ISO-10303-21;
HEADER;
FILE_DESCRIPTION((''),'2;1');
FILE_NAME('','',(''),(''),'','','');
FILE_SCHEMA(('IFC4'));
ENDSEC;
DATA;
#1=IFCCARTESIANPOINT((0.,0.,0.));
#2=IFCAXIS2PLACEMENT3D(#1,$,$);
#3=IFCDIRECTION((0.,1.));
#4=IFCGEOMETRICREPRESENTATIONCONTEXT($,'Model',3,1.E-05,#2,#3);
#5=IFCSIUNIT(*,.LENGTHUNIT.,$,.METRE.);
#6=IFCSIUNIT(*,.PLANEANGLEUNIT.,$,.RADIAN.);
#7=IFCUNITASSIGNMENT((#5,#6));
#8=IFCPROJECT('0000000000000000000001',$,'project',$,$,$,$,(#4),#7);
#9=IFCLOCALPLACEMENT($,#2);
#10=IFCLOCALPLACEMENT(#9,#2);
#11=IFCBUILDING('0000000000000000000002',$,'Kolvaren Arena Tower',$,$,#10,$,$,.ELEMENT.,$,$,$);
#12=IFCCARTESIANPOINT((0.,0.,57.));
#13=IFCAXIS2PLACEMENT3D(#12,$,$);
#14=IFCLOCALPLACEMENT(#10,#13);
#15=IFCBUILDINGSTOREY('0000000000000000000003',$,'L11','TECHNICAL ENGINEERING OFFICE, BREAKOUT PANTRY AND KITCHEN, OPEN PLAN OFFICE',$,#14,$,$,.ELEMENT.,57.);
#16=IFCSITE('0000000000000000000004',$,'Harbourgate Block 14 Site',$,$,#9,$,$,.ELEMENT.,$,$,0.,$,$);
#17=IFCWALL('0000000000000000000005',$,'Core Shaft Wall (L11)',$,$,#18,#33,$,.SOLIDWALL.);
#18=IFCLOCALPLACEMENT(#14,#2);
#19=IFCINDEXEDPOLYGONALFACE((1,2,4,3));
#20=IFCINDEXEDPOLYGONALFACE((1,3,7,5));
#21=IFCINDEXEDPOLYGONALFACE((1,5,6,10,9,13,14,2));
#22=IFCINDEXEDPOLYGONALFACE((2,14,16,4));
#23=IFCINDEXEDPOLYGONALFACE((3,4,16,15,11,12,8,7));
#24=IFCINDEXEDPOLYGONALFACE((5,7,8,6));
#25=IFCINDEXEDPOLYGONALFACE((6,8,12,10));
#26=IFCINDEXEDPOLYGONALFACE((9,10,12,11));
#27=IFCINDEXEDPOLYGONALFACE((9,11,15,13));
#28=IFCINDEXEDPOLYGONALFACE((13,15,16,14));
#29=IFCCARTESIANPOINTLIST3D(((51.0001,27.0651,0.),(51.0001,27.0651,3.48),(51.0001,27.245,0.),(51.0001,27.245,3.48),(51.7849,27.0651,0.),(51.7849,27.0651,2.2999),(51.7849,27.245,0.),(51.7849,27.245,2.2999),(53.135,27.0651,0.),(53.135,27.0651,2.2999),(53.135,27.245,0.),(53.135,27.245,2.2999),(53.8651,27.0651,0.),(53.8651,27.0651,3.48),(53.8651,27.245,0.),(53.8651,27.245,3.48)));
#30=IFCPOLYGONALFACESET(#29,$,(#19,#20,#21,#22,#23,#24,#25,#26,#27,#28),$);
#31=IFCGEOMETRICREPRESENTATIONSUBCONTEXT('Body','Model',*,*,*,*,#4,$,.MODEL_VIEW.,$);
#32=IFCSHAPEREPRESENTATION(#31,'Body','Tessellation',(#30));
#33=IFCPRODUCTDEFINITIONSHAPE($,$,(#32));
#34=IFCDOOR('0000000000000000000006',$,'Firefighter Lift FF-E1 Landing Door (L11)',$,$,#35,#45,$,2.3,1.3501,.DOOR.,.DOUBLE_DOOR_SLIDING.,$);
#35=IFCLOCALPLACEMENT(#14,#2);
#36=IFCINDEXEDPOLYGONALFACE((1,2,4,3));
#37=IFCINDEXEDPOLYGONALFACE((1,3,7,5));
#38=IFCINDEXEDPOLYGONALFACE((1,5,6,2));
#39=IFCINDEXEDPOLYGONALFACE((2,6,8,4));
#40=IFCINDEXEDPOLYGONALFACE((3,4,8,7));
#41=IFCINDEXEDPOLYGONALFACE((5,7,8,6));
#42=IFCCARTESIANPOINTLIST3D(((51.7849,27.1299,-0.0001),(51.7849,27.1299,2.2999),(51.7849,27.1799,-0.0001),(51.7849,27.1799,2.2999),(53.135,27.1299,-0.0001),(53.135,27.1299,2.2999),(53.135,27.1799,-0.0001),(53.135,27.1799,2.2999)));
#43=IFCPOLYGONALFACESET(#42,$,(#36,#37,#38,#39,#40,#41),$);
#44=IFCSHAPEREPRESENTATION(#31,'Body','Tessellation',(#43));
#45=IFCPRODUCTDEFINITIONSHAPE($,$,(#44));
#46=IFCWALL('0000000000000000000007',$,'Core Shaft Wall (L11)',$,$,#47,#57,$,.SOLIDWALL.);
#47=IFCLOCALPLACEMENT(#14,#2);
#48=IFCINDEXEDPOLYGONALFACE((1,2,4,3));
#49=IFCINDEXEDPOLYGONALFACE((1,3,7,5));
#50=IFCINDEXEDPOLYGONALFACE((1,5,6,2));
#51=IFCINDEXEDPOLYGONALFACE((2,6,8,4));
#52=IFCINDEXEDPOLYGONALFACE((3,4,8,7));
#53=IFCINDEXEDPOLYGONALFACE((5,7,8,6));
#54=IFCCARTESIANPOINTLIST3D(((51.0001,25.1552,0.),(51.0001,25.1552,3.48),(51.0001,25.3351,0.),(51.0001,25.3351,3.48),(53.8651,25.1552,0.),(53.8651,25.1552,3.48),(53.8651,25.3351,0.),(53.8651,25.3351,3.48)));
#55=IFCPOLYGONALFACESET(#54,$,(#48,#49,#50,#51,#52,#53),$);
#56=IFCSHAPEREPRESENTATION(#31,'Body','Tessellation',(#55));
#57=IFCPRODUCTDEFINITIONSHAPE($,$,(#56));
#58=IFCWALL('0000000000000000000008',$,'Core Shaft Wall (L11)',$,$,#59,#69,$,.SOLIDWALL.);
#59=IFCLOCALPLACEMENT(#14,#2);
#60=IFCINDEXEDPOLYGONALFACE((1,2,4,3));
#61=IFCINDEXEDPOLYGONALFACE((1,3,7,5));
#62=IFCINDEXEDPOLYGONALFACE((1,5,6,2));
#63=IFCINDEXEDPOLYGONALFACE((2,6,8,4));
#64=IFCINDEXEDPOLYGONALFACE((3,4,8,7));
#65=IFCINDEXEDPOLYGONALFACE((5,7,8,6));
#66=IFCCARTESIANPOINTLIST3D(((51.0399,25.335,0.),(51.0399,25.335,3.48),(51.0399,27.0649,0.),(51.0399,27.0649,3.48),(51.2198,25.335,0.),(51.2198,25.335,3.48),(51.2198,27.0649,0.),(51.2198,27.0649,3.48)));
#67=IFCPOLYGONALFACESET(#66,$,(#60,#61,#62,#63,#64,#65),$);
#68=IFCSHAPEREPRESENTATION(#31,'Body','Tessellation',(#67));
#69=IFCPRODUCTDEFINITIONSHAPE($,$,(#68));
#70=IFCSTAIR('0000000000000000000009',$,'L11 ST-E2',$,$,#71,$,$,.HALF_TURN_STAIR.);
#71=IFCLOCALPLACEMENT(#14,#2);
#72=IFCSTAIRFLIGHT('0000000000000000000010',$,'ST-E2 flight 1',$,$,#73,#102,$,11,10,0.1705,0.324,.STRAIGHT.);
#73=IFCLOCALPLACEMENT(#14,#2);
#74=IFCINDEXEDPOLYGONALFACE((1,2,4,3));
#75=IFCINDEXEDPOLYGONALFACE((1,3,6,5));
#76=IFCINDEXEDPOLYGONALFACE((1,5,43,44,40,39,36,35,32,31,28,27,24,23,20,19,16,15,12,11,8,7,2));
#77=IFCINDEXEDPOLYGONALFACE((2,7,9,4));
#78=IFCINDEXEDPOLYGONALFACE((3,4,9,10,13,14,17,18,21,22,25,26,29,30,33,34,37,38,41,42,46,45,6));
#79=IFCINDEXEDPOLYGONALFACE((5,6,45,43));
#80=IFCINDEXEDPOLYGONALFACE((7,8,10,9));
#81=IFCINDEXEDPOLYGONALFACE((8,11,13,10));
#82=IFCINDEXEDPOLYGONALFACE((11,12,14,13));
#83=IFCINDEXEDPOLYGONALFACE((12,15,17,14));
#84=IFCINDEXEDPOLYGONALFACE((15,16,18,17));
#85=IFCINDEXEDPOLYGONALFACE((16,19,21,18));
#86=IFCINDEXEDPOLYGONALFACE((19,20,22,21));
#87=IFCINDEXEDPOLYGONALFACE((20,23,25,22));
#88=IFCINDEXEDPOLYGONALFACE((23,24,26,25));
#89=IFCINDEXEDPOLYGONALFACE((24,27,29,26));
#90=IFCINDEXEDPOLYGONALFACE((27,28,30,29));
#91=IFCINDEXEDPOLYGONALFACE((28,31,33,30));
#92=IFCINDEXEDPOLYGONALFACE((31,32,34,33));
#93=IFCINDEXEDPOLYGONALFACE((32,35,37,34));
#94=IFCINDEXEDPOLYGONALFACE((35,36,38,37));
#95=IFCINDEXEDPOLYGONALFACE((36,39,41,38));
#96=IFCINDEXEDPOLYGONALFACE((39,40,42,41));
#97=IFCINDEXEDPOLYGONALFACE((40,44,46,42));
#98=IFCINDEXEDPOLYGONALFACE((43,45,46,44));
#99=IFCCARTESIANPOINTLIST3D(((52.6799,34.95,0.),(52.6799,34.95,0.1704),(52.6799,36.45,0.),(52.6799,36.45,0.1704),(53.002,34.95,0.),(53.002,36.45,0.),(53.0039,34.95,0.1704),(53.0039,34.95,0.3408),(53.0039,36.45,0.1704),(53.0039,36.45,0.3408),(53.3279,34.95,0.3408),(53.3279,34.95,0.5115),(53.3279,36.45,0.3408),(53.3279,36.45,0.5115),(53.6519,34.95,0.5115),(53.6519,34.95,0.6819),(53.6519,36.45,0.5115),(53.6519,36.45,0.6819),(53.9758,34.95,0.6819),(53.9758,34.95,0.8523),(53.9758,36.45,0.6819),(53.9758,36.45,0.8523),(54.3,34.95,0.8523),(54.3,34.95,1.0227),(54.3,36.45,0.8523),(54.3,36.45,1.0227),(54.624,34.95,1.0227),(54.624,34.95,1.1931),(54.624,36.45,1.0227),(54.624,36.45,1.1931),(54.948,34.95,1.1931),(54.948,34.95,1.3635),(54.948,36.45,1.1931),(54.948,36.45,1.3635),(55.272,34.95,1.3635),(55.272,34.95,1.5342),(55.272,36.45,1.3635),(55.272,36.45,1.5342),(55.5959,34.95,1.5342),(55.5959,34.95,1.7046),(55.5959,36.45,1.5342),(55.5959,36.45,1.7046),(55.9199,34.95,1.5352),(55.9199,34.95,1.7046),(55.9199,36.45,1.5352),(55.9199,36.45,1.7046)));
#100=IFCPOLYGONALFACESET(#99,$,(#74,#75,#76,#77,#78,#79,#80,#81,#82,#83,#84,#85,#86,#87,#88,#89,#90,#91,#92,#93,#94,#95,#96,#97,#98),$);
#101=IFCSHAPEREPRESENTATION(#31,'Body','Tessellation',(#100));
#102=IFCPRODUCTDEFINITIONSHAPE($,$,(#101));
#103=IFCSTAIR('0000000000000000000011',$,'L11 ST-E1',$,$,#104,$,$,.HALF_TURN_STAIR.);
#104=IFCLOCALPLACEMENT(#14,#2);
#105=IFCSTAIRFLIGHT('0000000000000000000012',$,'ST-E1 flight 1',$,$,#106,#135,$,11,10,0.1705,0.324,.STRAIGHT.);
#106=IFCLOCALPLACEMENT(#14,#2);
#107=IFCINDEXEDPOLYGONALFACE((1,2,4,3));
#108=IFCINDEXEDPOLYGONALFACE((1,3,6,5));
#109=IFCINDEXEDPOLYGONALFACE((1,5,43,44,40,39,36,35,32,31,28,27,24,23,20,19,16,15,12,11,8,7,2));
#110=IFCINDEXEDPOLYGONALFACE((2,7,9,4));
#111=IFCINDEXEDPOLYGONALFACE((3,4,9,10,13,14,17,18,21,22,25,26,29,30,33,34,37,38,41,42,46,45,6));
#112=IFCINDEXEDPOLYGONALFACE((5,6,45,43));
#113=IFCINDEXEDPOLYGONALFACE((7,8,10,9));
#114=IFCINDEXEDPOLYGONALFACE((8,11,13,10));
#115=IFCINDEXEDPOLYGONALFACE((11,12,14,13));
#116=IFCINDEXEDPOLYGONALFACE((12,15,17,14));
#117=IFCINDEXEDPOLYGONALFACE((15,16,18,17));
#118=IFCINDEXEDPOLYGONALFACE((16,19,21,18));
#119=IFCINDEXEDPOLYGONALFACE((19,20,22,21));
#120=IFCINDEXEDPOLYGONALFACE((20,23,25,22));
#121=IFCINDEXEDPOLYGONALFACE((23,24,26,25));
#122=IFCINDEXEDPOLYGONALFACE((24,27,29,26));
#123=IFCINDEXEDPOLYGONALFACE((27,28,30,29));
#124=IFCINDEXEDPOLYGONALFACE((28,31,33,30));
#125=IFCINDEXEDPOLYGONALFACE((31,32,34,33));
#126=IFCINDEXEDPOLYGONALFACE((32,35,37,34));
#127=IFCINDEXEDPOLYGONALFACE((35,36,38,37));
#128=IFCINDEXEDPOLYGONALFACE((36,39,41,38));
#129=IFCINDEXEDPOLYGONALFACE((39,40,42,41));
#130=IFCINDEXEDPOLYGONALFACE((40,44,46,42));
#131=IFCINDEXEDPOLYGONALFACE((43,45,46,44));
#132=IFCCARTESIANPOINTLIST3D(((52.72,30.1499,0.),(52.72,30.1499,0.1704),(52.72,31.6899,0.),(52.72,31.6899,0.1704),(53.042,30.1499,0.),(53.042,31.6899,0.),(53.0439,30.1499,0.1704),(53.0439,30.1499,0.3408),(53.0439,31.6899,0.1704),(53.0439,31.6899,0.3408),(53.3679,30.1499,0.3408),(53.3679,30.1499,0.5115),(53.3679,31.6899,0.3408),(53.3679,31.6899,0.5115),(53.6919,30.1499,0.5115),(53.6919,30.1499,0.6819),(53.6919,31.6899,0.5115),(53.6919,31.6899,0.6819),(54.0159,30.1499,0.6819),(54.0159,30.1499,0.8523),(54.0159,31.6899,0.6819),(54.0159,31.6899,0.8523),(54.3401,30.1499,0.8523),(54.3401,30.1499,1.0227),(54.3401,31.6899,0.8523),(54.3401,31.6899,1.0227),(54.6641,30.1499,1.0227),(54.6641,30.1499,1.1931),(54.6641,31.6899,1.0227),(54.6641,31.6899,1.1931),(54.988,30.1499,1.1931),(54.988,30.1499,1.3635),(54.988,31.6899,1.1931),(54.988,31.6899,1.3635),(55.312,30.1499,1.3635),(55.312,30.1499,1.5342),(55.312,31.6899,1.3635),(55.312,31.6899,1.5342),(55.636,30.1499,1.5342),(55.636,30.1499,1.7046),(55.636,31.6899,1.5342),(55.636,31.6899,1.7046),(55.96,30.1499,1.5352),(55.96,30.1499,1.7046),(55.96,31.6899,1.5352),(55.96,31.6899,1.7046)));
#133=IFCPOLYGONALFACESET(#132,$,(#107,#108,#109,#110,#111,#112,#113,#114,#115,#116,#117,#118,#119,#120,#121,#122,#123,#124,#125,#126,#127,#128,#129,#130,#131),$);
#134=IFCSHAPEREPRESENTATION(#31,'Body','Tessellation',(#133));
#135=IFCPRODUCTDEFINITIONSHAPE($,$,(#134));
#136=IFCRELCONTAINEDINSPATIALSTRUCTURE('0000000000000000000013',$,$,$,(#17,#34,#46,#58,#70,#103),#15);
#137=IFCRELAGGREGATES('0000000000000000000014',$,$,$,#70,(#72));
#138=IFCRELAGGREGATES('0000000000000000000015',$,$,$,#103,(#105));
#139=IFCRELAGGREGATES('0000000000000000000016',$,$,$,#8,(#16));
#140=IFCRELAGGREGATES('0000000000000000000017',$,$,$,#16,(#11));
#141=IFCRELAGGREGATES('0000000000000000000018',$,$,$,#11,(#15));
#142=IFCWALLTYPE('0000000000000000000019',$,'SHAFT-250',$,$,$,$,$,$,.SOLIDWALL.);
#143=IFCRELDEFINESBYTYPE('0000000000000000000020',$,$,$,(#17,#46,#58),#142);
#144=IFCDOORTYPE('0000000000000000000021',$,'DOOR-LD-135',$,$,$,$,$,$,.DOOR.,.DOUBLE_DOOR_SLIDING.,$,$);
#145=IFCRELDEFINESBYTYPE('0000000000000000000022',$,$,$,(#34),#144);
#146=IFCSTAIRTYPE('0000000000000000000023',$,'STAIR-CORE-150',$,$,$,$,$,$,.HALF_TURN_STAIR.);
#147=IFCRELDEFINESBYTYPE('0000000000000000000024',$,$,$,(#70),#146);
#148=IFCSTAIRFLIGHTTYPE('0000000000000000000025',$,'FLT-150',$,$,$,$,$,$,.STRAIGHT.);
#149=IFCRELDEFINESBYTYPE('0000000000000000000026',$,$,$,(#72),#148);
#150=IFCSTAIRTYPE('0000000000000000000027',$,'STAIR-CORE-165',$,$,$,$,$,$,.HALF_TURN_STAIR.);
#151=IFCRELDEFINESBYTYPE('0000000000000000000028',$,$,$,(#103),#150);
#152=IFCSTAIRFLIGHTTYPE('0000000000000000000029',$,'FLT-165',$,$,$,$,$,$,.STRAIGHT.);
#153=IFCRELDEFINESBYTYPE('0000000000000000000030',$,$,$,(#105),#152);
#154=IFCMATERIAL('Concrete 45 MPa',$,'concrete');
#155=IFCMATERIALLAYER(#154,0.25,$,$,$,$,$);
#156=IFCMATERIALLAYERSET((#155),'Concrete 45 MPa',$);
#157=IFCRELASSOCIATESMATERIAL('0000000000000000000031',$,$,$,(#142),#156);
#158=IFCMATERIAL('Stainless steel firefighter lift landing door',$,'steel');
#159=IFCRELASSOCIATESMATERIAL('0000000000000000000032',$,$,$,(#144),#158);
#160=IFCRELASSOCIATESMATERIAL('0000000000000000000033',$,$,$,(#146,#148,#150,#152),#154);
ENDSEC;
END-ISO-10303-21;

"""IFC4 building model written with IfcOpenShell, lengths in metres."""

from ifc_helpers import new_model, si_unit, direction, frame, frame_2d, origin, place, context, subcontext, project, spatial, polyline, rectangle, outline, extrude, material, layer, layer_set, type_object, element, fill, aggregate, save


model = new_model("IFC4")

# Units and contexts
model_context = context("Model", 3, precision=1e-05, world=origin(), true_north=direction((0.0, 1.0)))
body_context = subcontext(model_context, "Body", "Model", "MODEL_VIEW")
ifc_project = project(units=[si_unit("LENGTHUNIT", "METRE"), si_unit("PLANEANGLEUNIT", "RADIAN")], contexts=[model_context])

# Site, building, storey
site_placement = place(None, origin())
site = spatial("IfcSite", under=ifc_project, at=site_placement, Name="Harbourgate Block 14 Site", CompositionType="ELEMENT", RefElevation=0.0)
building_placement = place(site_placement, origin())
building = spatial("IfcBuilding", under=site, at=building_placement, Name="Kolvaren Arena Tower", CompositionType="ELEMENT")
storey_placement = place(building_placement, frame((0.0, 0.0, 57.0)))
storey = spatial("IfcBuildingStorey", under=building, at=storey_placement, Name="L11", Description="TECHNICAL ENGINEERING OFFICE, BREAKOUT PANTRY AND KITCHEN, OPEN PLAN OFFICE", CompositionType="ELEMENT", Elevation=57.0)

# Shared definitions
ifc_material_1 = material(Name="Concrete 45 MPa", Category="concrete")
ifc_layer = layer(ifc_material_1, 0.25)
ifc_layer_set = layer_set([ifc_layer], Name="Concrete 45 MPa")
wall_type = type_object("IfcWallType", Name="SHAFT-250", PredefinedType="SOLIDWALL", material=ifc_layer_set)

# Wall, opening, door
wall_1_placement = place(storey_placement, frame((51.0, 27.155, 0.0), z_axis=(0.0, 0.0, 1.0), x_axis=(1.0, 0.0, 0.0)))
wall_1 = element("IfcWall", 1, at=wall_1_placement, inside=storey, type_object=wall_type, Name="Core Shaft Wall (L11)", PredefinedType="SOLIDWALL", context=body_context, shape_type="SweptSolid", body=[
    extrude(rectangle(XDim=2.865, YDim=0.1799, at=frame_2d((1.4326, 0.0))), origin(), (0.0, 0.0, 1.0), 3.48),
])
opening_placement = place(wall_1_placement, frame((0.7849, 0.0, 0.0)))
opening = element("IfcOpeningElement", 2, at=opening_placement, cuts=wall_1, PredefinedType="OPENING", context=body_context, shape_type="SweptSolid", body=[
    extrude(rectangle(XDim=1.3501, YDim=2.3, at=frame_2d((0.675, 1.1499))), frame((0.0, 0.0999, 0.0), z_axis=(0.0, -1.0, 0.0), x_axis=(1.0, 0.0, 0.0)), (0.0, 0.0, 1.0), 0.2),
])
ifc_material_2 = material(Name="Stainless steel firefighter lift landing door", Category="steel")
door_type = type_object("IfcDoorType", Name="DOOR-LD-135", OperationType="DOUBLE_DOOR_SLIDING", PredefinedType="DOOR", material=ifc_material_2)
door_placement = place(opening_placement, origin())
door = element("IfcDoor", 3, at=door_placement, inside=storey, type_object=door_type, Name="Firefighter Lift FF-E1 Landing Door (L11)", OperationType="DOUBLE_DOOR_SLIDING", OverallHeight=2.3, OverallWidth=1.3501, PredefinedType="DOOR", context=body_context, shape_type="SweptSolid", body=[
    extrude(rectangle(XDim=1.3501, YDim=2.3, at=frame_2d((0.675, 1.1499))), frame((0.0, 0.0249, 0.0), z_axis=(0.0, -1.0, 0.0), x_axis=(1.0, 0.0, 0.0)), (0.0, 0.0, 1.0), 0.05),
])
fill(opening, door)

# Walls
wall_2_placement = place(storey_placement, frame((51.0, 25.2451, 0.0), z_axis=(0.0, 0.0, 1.0), x_axis=(1.0, 0.0, 0.0)))
element("IfcWall", 4, at=wall_2_placement, inside=storey, type_object=wall_type, Name="Core Shaft Wall (L11)", PredefinedType="SOLIDWALL", context=body_context, shape_type="SweptSolid", body=[
    extrude(rectangle(XDim=2.865, YDim=0.1799, at=frame_2d((1.4326, 0.0))), origin(), (0.0, 0.0, 1.0), 3.48),
])
wall_3_placement = place(storey_placement, frame((51.1299, 25.335, 0.0), z_axis=(0.0, 0.0, 1.0), x_axis=(0.0, 1.0, 0.0)))
element("IfcWall", 5, at=wall_3_placement, inside=storey, type_object=wall_type, Name="Core Shaft Wall (L11)", PredefinedType="SOLIDWALL", context=body_context, shape_type="SweptSolid", body=[
    extrude(rectangle(XDim=1.73, YDim=0.1799, at=frame_2d((0.865, 0.0))), origin(), (0.0, 0.0, 1.0), 3.48),
])

# Stairs, stair flights
stair_type_1 = type_object("IfcStairType", Name="STAIR-CORE-150", PredefinedType="HALF_TURN_STAIR", material=ifc_material_1)
stair_1_placement = place(storey_placement, origin())
stair_1 = element("IfcStair", 6, at=stair_1_placement, inside=storey, type_object=stair_type_1, Name="L11 ST-E2", PredefinedType="HALF_TURN_STAIR")
stair_flight_type_1 = type_object("IfcStairFlightType", Name="FLT-150", PredefinedType="STRAIGHT", material=ifc_material_1)
stair_flight_1_placement = place(storey_placement, frame((52.6799, 35.7, 0.0), z_axis=(0.0, 0.0, 1.0), x_axis=(1.0, 0.0, 0.0)))
stair_flight_1 = element("IfcStairFlight", 7, at=stair_flight_1_placement, type_object=stair_flight_type_1, Name="ST-E2 flight 1", NumberOfRisers=11, NumberOfTreads=10, PredefinedType="STRAIGHT", RiserHeight=0.1705, TreadLength=0.324, context=body_context, shape_type="SweptSolid", body=[
    extrude(outline(polyline([(0.0, 0.0), (0.0, 0.1704), (0.324, 0.1704), (0.324, 0.3408), (0.6479, 0.3408), (0.6479, 0.5115), (0.9719, 0.5115), (0.9719, 0.6819), (1.2959, 0.6819), (1.2959, 0.8523), (1.6201, 0.8523), (1.6201, 1.0227), (1.9441, 1.0227), (1.9441, 1.1931), (2.2681, 1.1931), (2.2681, 1.3635), (2.592, 1.3635), (2.592, 1.5342), (2.916, 1.5342), (2.916, 1.7046), (3.24, 1.7046), (3.24, 1.875), (3.24, 1.5352), (0.322, 0.0), (0.0, 0.0)])), frame((0.0, 0.75, 0.0), z_axis=(0.0, -1.0, 0.0), x_axis=(1.0, 0.0, 0.0)), (0.0, 0.0, 1.0), 1.5),
])
aggregate(stair_1, [stair_flight_1])
stair_type_2 = type_object("IfcStairType", Name="STAIR-CORE-165", PredefinedType="HALF_TURN_STAIR", material=ifc_material_1)
stair_2_placement = place(storey_placement, origin())
stair_2 = element("IfcStair", 8, at=stair_2_placement, inside=storey, type_object=stair_type_2, Name="L11 ST-E1", PredefinedType="HALF_TURN_STAIR")
stair_flight_type_2 = type_object("IfcStairFlightType", Name="FLT-165", PredefinedType="STRAIGHT", material=ifc_material_1)
stair_flight_2_placement = place(storey_placement, frame((52.72, 30.9199, 0.0), z_axis=(0.0, 0.0, 1.0), x_axis=(1.0, 0.0, 0.0)))
stair_flight_2 = element("IfcStairFlight", 9, at=stair_flight_2_placement, type_object=stair_flight_type_2, Name="ST-E1 flight 1", NumberOfRisers=11, NumberOfTreads=10, PredefinedType="STRAIGHT", RiserHeight=0.1705, TreadLength=0.324, context=body_context, shape_type="SweptSolid", body=[
    extrude(outline(polyline([(0.0, 0.0), (0.0, 0.1704), (0.324, 0.1704), (0.324, 0.3408), (0.6479, 0.3408), (0.6479, 0.5115), (0.9719, 0.5115), (0.9719, 0.6819), (1.2959, 0.6819), (1.2959, 0.8523), (1.6201, 0.8523), (1.6201, 1.0227), (1.9441, 1.0227), (1.9441, 1.1931), (2.2681, 1.1931), (2.2681, 1.3635), (2.592, 1.3635), (2.592, 1.5342), (2.916, 1.5342), (2.916, 1.7046), (3.24, 1.7046), (3.24, 1.875), (3.24, 1.5352), (0.322, 0.0), (0.0, 0.0)])), frame((0.0, 0.77, 0.0), z_axis=(0.0, -1.0, 0.0), x_axis=(1.0, 0.0, 0.0)), (0.0, 0.0, 1.0), 1.54),
])
aggregate(stair_2, [stair_flight_2])

save(model, "model.ifc")
